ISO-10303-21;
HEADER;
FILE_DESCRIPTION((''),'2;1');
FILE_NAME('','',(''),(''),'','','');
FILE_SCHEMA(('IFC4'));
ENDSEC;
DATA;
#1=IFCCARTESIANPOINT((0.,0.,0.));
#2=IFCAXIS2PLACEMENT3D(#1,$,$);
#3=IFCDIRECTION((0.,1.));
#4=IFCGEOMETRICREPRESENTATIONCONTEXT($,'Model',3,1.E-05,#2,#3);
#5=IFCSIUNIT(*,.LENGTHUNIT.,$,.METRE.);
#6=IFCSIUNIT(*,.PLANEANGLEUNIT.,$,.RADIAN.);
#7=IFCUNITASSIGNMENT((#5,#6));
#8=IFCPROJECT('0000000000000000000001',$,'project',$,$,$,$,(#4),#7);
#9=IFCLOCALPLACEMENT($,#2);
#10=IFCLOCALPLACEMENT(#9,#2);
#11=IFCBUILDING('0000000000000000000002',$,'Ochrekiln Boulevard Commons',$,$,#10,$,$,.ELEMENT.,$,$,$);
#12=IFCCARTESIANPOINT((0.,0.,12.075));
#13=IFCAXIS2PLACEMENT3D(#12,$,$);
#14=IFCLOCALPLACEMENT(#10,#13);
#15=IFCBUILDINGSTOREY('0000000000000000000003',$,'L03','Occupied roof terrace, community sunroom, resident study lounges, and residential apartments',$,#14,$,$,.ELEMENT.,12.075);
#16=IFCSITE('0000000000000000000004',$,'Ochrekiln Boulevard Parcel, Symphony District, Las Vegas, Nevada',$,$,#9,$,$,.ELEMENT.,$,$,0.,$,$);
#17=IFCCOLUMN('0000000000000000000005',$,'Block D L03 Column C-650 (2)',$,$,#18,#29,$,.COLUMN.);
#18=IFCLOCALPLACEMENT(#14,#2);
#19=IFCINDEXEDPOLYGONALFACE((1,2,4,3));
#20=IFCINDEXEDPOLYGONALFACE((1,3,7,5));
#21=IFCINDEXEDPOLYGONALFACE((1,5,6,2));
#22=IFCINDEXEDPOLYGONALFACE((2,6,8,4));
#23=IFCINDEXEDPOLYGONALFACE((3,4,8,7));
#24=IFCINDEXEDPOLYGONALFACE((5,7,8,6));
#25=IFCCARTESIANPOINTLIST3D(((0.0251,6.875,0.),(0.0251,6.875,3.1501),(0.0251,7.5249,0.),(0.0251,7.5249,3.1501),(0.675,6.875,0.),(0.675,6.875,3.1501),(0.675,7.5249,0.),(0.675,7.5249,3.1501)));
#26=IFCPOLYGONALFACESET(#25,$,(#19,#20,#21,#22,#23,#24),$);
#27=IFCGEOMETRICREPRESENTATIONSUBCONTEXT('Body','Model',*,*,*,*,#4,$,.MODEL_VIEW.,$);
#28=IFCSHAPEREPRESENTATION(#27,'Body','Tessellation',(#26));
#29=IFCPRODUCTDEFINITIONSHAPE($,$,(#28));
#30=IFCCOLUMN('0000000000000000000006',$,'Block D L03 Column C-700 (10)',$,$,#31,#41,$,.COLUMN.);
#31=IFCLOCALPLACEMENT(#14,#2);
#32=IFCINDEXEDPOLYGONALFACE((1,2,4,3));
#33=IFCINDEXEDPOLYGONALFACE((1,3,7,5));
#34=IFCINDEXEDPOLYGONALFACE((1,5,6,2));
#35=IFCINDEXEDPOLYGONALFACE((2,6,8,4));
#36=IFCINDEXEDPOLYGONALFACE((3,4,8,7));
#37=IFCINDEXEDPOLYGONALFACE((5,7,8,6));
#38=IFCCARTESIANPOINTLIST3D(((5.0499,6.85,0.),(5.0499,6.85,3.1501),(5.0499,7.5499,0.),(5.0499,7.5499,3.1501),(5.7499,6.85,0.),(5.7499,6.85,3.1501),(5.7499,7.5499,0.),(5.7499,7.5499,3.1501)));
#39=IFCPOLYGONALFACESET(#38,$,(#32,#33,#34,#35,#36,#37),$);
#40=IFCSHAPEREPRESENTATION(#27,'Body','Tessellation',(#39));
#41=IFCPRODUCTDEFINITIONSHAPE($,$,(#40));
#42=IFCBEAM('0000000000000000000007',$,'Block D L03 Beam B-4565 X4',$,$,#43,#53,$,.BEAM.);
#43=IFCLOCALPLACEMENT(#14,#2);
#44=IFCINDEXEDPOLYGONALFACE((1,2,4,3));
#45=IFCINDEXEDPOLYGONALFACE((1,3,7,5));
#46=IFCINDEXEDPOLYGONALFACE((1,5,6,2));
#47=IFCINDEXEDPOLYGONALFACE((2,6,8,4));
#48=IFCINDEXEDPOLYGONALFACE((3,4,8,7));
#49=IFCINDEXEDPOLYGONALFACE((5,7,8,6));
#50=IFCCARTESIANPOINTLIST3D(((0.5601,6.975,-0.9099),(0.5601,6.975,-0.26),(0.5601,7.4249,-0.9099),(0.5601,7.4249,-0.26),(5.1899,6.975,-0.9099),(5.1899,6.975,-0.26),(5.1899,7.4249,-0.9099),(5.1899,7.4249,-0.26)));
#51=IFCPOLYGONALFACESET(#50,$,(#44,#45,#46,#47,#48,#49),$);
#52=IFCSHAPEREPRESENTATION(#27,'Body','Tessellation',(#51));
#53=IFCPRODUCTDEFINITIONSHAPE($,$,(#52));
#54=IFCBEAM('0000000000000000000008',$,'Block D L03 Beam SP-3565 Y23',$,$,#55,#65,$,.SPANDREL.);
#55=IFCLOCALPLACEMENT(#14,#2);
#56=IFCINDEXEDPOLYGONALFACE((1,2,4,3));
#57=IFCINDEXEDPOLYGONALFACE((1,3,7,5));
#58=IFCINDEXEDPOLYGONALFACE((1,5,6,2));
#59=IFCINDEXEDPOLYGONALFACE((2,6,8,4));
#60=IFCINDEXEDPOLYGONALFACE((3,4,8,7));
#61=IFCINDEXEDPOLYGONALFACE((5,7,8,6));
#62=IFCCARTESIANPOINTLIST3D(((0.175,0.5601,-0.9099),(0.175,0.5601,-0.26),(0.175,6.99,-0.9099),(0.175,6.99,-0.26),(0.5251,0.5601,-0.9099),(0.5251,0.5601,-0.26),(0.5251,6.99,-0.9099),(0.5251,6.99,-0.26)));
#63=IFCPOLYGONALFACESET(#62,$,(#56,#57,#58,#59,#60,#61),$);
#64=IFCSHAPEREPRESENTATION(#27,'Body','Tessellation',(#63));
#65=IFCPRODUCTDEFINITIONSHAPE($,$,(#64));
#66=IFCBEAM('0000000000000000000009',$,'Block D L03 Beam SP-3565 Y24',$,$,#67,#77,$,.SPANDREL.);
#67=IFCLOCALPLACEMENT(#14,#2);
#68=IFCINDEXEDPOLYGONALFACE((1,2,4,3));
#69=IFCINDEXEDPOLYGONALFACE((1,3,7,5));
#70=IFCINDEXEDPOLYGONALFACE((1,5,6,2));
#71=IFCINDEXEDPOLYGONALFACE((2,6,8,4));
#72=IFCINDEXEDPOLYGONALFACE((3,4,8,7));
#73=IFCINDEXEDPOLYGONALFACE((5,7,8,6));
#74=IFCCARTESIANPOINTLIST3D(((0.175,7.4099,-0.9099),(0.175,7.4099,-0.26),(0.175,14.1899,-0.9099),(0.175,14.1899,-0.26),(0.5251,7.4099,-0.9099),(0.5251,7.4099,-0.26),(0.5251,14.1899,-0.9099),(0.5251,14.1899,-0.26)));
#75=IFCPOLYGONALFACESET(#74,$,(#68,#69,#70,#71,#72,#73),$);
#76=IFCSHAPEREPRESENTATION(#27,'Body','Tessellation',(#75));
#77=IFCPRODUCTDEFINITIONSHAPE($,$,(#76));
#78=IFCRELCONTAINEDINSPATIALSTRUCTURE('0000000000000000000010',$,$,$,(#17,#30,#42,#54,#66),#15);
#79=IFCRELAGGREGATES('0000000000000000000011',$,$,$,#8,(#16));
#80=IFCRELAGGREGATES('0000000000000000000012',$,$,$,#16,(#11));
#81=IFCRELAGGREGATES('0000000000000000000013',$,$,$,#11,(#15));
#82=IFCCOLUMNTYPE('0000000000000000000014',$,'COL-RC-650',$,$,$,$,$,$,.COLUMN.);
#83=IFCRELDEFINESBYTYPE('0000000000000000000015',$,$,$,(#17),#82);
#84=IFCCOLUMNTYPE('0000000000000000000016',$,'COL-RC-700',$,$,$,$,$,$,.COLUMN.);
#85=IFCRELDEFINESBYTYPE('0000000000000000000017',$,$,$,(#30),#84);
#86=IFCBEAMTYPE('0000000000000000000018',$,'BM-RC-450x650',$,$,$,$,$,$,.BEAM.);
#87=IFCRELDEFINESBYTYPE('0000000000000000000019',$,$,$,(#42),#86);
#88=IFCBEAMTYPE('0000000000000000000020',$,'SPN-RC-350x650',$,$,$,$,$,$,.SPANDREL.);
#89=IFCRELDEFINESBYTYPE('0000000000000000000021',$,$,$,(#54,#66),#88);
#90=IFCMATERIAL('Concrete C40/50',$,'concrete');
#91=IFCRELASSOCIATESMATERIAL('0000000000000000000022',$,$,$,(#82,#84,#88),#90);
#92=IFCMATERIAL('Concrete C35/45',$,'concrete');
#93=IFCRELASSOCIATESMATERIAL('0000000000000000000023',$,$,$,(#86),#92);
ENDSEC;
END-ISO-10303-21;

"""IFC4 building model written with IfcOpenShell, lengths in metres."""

from ifc_helpers import new_model, si_unit, direction, frame, origin, origin_2d, place, context, subcontext, project, spatial, rectangle, extrude, material, material_profile, profile_set, type_object, element, save


model = new_model("IFC4")

# Units and contexts
model_context = context("Model", 3, precision=1e-05, world=origin(), true_north=direction((0.0, 1.0)))
body_context = subcontext(model_context, "Body", "Model", "MODEL_VIEW")
ifc_project = project(units=[si_unit("LENGTHUNIT", "METRE"), si_unit("PLANEANGLEUNIT", "RADIAN")], contexts=[model_context])

# Site, building, storey
site_placement = place(None, origin())
site = spatial("IfcSite", under=ifc_project, at=site_placement, Name="Ochrekiln Boulevard Parcel, Symphony District, Las Vegas, Nevada", CompositionType="ELEMENT", RefElevation=0.0)
building_placement = place(site_placement, origin())
building = spatial("IfcBuilding", under=site, at=building_placement, Name="Ochrekiln Boulevard Commons", CompositionType="ELEMENT")
storey_placement = place(building_placement, frame((0.0, 0.0, 12.075)))
storey = spatial("IfcBuildingStorey", under=building, at=storey_placement, Name="L03", Description="Occupied roof terrace, community sunroom, resident study lounges, and residential apartments", CompositionType="ELEMENT", Elevation=12.075)

# Columns
ifc_material_1 = material(Name="Concrete C40/50", Category="concrete")
ifc_material_profile_1 = material_profile(ifc_material_1, rectangle(XDim=0.6499, YDim=0.6499, at=origin_2d()), Name="RC-COL-650x650")
ifc_profile_set_1 = profile_set([ifc_material_profile_1], Name="Concrete C40/50")
column_type_1 = type_object("IfcColumnType", Name="COL-RC-650", PredefinedType="COLUMN", material=ifc_profile_set_1)
column_1_placement = place(storey_placement, frame((0.3501, 7.2, 0.0), z_axis=(0.0, 0.0, 1.0), x_axis=(1.0, 0.0, 0.0)))
element("IfcColumn", 1, at=column_1_placement, inside=storey, type_object=column_type_1, Name="Block D L03 Column C-650 (2)", PredefinedType="COLUMN", context=body_context, shape_type="SweptSolid", body=[
    extrude(rectangle(XDim=0.6499, YDim=0.6499, at=origin_2d()), origin(), (0.0, 0.0, 1.0), 3.1501),
])
ifc_material_profile_2 = material_profile(ifc_material_1, rectangle(XDim=0.7, YDim=0.7, at=origin_2d()), Name="RC-COL-700x700")
ifc_profile_set_2 = profile_set([ifc_material_profile_2], Name="Concrete C40/50")
column_type_2 = type_object("IfcColumnType", Name="COL-RC-700", PredefinedType="COLUMN", material=ifc_profile_set_2)
column_2_placement = place(storey_placement, frame((5.3999, 7.2, 0.0), z_axis=(0.0, 0.0, 1.0), x_axis=(1.0, 0.0, 0.0)))
element("IfcColumn", 2, at=column_2_placement, inside=storey, type_object=column_type_2, Name="Block D L03 Column C-700 (10)", PredefinedType="COLUMN", context=body_context, shape_type="SweptSolid", body=[
    extrude(rectangle(XDim=0.7, YDim=0.7, at=origin_2d()), origin(), (0.0, 0.0, 1.0), 3.1501),
])

# Beams
ifc_material_2 = material(Name="Concrete C35/45", Category="concrete")
ifc_material_profile_3 = material_profile(ifc_material_2, rectangle(XDim=0.45, YDim=0.6499, at=origin_2d()), Name="RC-BM-450x650")
ifc_profile_set_3 = profile_set([ifc_material_profile_3], Name="Concrete C35/45")
beam_type_1 = type_object("IfcBeamType", Name="BM-RC-450x650", PredefinedType="BEAM", material=ifc_profile_set_3)
beam_1_placement = place(storey_placement, frame((0.5601, 7.2, -0.585), z_axis=(1.0, 0.0, 0.0), x_axis=(0.0, 1.0, 0.0)))
element("IfcBeam", 3, at=beam_1_placement, inside=storey, type_object=beam_type_1, Name="Block D L03 Beam B-4565 X4", PredefinedType="BEAM", context=body_context, shape_type="SweptSolid", body=[
    extrude(rectangle(XDim=0.45, YDim=0.6499, at=origin_2d()), origin(), (0.0, 0.0, 1.0), 4.6299),
])
ifc_material_profile_4 = material_profile(ifc_material_1, rectangle(XDim=0.3501, YDim=0.6499, at=origin_2d()), Name="RC-SPN-350x650")
ifc_profile_set_4 = profile_set([ifc_material_profile_4], Name="Concrete C40/50")
beam_type_2 = type_object("IfcBeamType", Name="SPN-RC-350x650", PredefinedType="SPANDREL", material=ifc_profile_set_4)
beam_2_placement = place(storey_placement, frame((0.3501, 0.5601, -0.585), z_axis=(0.0, 1.0, 0.0), x_axis=(-1.0, 0.0, 0.0)))
element("IfcBeam", 4, at=beam_2_placement, inside=storey, type_object=beam_type_2, Name="Block D L03 Beam SP-3565 Y23", PredefinedType="SPANDREL", context=body_context, shape_type="SweptSolid", body=[
    extrude(rectangle(XDim=0.3501, YDim=0.6499, at=origin_2d()), origin(), (0.0, 0.0, 1.0), 6.4299),
])
beam_3_placement = place(storey_placement, frame((0.3501, 7.4099, -0.585), z_axis=(0.0, 1.0, 0.0), x_axis=(-1.0, 0.0, 0.0)))
element("IfcBeam", 5, at=beam_3_placement, inside=storey, type_object=beam_type_2, Name="Block D L03 Beam SP-3565 Y24", PredefinedType="SPANDREL", context=body_context, shape_type="SweptSolid", body=[
    extrude(rectangle(XDim=0.3501, YDim=0.6499, at=origin_2d()), origin(), (0.0, 0.0, 1.0), 6.78),
])

save(model, "model.ifc")
